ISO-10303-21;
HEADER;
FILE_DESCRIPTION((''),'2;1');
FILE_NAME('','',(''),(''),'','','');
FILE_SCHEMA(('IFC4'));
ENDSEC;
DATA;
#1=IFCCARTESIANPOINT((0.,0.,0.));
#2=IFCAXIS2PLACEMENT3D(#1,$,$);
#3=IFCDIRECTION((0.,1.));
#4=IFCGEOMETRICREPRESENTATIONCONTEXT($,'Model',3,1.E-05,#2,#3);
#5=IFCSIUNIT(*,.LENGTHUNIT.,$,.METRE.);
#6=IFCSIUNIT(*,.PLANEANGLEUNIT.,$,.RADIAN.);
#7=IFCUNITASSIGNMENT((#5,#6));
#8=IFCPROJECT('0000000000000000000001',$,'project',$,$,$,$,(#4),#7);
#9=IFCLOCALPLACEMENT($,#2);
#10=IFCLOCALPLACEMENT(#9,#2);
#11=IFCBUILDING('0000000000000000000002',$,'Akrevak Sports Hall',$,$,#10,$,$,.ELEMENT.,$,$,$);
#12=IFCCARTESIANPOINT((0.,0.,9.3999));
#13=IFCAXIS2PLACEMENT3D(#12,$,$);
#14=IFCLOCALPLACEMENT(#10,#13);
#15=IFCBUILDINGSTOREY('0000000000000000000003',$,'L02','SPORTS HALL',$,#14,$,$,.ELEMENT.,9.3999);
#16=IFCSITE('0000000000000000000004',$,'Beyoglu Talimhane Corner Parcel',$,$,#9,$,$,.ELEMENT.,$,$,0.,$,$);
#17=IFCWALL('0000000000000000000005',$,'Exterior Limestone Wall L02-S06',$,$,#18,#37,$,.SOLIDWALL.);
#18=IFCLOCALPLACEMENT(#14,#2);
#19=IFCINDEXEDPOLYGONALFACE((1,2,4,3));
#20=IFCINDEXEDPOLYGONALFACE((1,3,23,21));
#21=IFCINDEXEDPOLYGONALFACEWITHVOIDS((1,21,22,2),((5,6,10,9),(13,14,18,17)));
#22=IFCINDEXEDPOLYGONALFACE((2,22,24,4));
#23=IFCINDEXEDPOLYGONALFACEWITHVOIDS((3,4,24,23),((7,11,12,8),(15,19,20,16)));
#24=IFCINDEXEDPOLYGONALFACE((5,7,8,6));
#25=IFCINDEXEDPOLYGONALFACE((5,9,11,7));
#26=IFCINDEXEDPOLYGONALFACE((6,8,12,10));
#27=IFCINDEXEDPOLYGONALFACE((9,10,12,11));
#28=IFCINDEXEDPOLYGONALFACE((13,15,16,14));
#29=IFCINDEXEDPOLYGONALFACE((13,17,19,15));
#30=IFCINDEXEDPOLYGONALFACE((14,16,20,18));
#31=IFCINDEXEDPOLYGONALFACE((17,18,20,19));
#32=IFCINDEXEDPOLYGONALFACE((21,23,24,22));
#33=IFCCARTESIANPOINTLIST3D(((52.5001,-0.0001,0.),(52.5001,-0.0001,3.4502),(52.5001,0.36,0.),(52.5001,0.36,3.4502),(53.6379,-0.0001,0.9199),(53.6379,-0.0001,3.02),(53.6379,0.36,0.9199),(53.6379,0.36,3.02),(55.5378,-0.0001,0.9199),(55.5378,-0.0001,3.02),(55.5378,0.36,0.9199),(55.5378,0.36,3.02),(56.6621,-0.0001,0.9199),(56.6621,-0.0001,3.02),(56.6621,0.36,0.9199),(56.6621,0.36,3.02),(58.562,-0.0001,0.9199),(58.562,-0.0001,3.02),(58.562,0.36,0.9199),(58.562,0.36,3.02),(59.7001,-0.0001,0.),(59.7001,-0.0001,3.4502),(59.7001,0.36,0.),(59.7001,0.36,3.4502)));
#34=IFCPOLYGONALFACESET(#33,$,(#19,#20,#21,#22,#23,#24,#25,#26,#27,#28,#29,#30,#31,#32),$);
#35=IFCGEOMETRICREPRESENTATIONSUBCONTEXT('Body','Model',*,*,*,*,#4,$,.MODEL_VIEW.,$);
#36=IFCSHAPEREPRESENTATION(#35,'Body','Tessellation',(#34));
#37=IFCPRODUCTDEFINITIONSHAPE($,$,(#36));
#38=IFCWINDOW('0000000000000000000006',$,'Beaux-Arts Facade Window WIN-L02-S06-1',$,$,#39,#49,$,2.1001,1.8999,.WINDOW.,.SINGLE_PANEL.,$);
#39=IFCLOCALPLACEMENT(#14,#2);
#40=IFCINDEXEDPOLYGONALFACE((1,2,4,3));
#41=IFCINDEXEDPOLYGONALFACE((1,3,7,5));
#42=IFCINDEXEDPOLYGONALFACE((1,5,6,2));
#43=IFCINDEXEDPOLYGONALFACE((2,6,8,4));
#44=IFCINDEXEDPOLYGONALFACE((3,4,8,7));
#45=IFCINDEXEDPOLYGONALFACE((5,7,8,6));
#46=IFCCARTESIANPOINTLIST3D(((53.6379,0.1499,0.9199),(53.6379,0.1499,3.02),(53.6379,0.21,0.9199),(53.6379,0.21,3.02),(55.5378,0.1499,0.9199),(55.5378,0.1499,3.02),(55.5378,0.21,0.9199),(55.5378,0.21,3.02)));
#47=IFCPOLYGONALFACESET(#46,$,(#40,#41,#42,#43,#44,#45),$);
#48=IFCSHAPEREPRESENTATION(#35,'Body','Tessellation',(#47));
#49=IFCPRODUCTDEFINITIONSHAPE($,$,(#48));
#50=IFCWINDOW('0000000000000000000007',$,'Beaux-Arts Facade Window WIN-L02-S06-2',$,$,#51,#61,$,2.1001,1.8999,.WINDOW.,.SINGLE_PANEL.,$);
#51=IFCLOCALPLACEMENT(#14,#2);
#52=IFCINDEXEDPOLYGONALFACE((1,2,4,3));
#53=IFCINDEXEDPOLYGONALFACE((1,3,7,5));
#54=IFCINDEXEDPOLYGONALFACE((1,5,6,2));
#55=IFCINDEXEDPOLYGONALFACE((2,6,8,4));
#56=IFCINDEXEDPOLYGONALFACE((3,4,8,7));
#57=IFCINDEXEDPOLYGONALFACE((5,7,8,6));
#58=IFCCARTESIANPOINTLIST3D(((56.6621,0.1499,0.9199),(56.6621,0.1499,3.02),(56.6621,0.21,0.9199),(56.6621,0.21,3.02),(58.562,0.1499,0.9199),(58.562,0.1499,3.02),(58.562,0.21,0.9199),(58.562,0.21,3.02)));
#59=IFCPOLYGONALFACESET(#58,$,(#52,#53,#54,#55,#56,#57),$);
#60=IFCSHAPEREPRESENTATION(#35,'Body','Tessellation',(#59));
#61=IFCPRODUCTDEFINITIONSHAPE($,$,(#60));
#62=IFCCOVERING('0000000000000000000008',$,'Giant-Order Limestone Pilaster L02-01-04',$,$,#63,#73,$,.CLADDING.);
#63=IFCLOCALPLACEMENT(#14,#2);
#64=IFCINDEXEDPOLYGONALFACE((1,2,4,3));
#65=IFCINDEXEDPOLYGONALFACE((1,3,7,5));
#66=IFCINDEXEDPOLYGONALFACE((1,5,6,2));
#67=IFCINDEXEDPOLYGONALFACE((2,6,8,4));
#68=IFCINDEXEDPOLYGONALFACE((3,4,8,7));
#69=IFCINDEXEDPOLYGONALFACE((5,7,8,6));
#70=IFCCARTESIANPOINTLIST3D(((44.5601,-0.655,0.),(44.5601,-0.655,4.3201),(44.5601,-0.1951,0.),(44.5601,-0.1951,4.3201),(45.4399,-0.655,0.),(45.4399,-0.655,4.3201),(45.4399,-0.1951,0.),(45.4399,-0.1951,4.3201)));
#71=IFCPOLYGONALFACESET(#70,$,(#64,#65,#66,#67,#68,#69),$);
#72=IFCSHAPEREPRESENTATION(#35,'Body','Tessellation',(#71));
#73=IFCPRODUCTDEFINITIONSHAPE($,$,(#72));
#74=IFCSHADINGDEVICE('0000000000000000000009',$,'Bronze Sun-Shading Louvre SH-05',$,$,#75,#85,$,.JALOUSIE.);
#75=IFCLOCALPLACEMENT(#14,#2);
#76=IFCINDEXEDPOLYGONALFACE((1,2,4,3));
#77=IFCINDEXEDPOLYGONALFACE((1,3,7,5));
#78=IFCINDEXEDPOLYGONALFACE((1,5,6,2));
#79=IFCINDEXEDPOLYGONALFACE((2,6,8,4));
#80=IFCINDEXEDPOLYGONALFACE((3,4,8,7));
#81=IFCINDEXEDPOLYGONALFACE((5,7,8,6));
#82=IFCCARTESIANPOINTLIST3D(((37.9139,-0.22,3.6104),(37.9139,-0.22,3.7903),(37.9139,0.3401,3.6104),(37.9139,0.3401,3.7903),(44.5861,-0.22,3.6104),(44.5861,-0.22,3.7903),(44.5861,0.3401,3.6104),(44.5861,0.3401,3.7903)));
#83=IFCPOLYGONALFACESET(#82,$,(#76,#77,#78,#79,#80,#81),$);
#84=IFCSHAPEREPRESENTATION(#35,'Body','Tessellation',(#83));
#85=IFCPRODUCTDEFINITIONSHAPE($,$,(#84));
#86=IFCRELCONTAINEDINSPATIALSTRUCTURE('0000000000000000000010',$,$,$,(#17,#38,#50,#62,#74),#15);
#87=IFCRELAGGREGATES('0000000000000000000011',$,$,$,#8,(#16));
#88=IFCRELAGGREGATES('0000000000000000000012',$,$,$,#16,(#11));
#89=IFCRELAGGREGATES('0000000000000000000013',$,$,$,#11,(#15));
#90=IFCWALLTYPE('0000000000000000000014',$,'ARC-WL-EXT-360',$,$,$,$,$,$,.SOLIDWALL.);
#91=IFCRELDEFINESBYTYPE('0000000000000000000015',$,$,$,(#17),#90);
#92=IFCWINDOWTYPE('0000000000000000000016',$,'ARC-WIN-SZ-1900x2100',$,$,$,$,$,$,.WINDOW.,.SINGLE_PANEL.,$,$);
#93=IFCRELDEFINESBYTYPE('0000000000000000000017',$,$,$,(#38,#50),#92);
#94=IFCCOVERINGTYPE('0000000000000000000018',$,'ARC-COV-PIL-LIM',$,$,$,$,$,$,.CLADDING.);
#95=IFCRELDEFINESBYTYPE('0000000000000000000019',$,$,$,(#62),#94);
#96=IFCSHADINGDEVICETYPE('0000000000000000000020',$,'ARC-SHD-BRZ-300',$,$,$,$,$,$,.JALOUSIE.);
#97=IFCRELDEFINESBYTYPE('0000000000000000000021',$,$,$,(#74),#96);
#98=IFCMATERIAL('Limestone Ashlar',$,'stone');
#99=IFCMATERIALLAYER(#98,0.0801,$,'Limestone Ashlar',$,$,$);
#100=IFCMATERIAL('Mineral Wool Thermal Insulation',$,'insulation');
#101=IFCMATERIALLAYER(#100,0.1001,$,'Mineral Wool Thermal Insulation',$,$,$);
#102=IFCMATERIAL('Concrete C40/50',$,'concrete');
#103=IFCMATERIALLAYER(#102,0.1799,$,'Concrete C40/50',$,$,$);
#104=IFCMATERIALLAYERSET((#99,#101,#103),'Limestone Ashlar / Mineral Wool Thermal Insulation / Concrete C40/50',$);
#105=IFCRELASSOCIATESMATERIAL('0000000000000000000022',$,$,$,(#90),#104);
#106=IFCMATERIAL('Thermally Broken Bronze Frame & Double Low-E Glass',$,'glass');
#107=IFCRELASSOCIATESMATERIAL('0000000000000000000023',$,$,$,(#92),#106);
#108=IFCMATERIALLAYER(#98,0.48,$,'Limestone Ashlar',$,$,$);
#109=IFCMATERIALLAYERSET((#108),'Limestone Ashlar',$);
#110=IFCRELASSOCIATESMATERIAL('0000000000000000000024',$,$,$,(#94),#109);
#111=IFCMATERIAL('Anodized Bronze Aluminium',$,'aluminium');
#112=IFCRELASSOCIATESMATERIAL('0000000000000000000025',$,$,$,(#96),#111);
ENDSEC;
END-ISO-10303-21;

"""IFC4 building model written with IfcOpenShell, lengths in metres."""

from ifc_helpers import new_model, si_unit, direction, frame, frame_2d, origin, origin_2d, place, context, subcontext, project, spatial, rectangle, extrude, material, layer, layer_set, type_object, element, fill, save


model = new_model("IFC4")

# Units and contexts
model_context = context("Model", 3, precision=1e-05, world=origin(), true_north=direction((0.0, 1.0)))
body_context = subcontext(model_context, "Body", "Model", "MODEL_VIEW")
ifc_project = project(units=[si_unit("LENGTHUNIT", "METRE"), si_unit("PLANEANGLEUNIT", "RADIAN")], contexts=[model_context])

# Site, building, storey
site_placement = place(None, origin())
site = spatial("IfcSite", under=ifc_project, at=site_placement, Name="Beyoglu Talimhane Corner Parcel", CompositionType="ELEMENT", RefElevation=0.0)
building_placement = place(site_placement, origin())
building = spatial("IfcBuilding", under=site, at=building_placement, Name="Akrevak Sports Hall", CompositionType="ELEMENT")
storey_placement = place(building_placement, frame((0.0, 0.0, 9.3999)))
storey = spatial("IfcBuildingStorey", under=building, at=storey_placement, Name="L02", Description="SPORTS HALL", CompositionType="ELEMENT", Elevation=9.3999)

# Shared definitions
ifc_material_1 = material(Name="Concrete C40/50", Category="concrete")

# Shared definitions
ifc_material_2 = material(Name="Anodized Bronze Aluminium", Category="aluminium")

# Wall, openings, windows
ifc_material_3 = material(Name="Limestone Ashlar", Category="stone")
ifc_layer_1 = layer(ifc_material_3, 0.0801, Name="Limestone Ashlar")
ifc_material_4 = material(Name="Mineral Wool Thermal Insulation", Category="insulation")
ifc_layer_2 = layer(ifc_material_4, 0.1001, Name="Mineral Wool Thermal Insulation")
ifc_layer_3 = layer(ifc_material_1, 0.1799, Name="Concrete C40/50")
ifc_layer_set_1 = layer_set([ifc_layer_1, ifc_layer_2, ifc_layer_3], Name="Limestone Ashlar / Mineral Wool Thermal Insulation / Concrete C40/50")
wall_type = type_object("IfcWallType", Name="ARC-WL-EXT-360", PredefinedType="SOLIDWALL", material=ifc_layer_set_1)
ifc_material_5 = material(Name="Thermally Broken Bronze Frame & Double Low-E Glass", Category="glass")
wall_1_placement = place(storey_placement, frame((52.5, 0.1799, 0.0), z_axis=(0.0, 0.0, 1.0), x_axis=(1.0, 0.0, 0.0)))
wall_1 = element("IfcWall", 1, at=wall_1_placement, inside=storey, type_object=wall_type, Name="Exterior Limestone Wall L02-S06", PredefinedType="SOLIDWALL", context=body_context, shape_type="SweptSolid", body=[
    extrude(rectangle(XDim=7.2, YDim=0.3601, at=frame_2d((3.6001, 0.0))), origin(), (0.0, 0.0, 1.0), 3.4502),
])
opening_1_placement = place(wall_1_placement, frame((1.1379, 0.0, 0.9199)))
opening_1 = element("IfcOpeningElement", 2, at=opening_1_placement, cuts=wall_1, PredefinedType="OPENING", context=body_context, shape_type="SweptSolid", body=[
    extrude(rectangle(XDim=1.8999, YDim=2.1001, at=frame_2d((0.95, 1.05))), frame((0.0, 0.1919, 0.0), z_axis=(0.0, -1.0, 0.0), x_axis=(1.0, 0.0, 0.0)), (0.0, 0.0, 1.0), 0.384),
])
opening_2_placement = place(wall_1_placement, frame((4.1621, 0.0, 0.9199)))
opening_2 = element("IfcOpeningElement", 3, at=opening_2_placement, cuts=wall_1, PredefinedType="OPENING", context=body_context, shape_type="SweptSolid", body=[
    extrude(rectangle(XDim=1.8999, YDim=2.1001, at=frame_2d((0.95, 1.05))), frame((0.0, 0.1919, 0.0), z_axis=(0.0, -1.0, 0.0), x_axis=(1.0, 0.0, 0.0)), (0.0, 0.0, 1.0), 0.384),
])
window_type_1 = type_object("IfcWindowType", Name="ARC-WIN-SZ-1900x2100", PartitioningType="SINGLE_PANEL", PredefinedType="WINDOW", material=ifc_material_5)
window_1_placement = place(opening_1_placement, origin())
window_1 = element("IfcWindow", 4, at=window_1_placement, inside=storey, type_object=window_type_1, Name="Beaux-Arts Facade Window WIN-L02-S06-1", OverallHeight=2.1001, OverallWidth=1.8999, PartitioningType="SINGLE_PANEL", PredefinedType="WINDOW", context=body_context, shape_type="SweptSolid", body=[
    extrude(rectangle(XDim=1.8999, YDim=2.1001, at=frame_2d((0.95, 1.05))), frame((0.0, 0.03, 0.0), z_axis=(0.0, -1.0, 0.0), x_axis=(1.0, 0.0, 0.0)), (0.0, 0.0, 1.0), 0.0601),
])
fill(opening_1, window_1)
window_2_placement = place(opening_2_placement, origin())
window_2 = element("IfcWindow", 5, at=window_2_placement, inside=storey, type_object=window_type_1, Name="Beaux-Arts Facade Window WIN-L02-S06-2", OverallHeight=2.1001, OverallWidth=1.8999, PartitioningType="SINGLE_PANEL", PredefinedType="WINDOW", context=body_context, shape_type="SweptSolid", body=[
    extrude(rectangle(XDim=1.8999, YDim=2.1001, at=frame_2d((0.95, 1.05))), frame((0.0, 0.03, 0.0), z_axis=(0.0, -1.0, 0.0), x_axis=(1.0, 0.0, 0.0)), (0.0, 0.0, 1.0), 0.0601),
])
fill(opening_2, window_2)

# Covering
ifc_layer_4 = layer(ifc_material_3, 0.48, Name="Limestone Ashlar")
ifc_layer_set_2 = layer_set([ifc_layer_4], Name="Limestone Ashlar")
covering_type = type_object("IfcCoveringType", Name="ARC-COV-PIL-LIM", PredefinedType="CLADDING", material=ifc_layer_set_2)
covering_placement = place(storey_placement, frame((45.0, -0.425, 0.0), z_axis=(0.0, 0.0, 1.0), x_axis=(1.0, 0.0, 0.0)))
element("IfcCovering", 6, at=covering_placement, inside=storey, type_object=covering_type, Name="Giant-Order Limestone Pilaster L02-01-04", PredefinedType="CLADDING", context=body_context, shape_type="SweptSolid", body=[
    extrude(rectangle(XDim=0.8799, YDim=0.46, at=origin_2d()), origin(), (0.0, 0.0, 1.0), 4.3201),
])

# Shading device
shading_device_type = type_object("IfcShadingDeviceType", Name="ARC-SHD-BRZ-300", PredefinedType="JALOUSIE", material=ifc_material_2)
shading_device_placement = place(storey_placement, frame((41.25, 0.0601, 3.6104), z_axis=(0.0, 0.0, 1.0), x_axis=(1.0, 0.0, 0.0)))
element("IfcShadingDevice", 7, at=shading_device_placement, inside=storey, type_object=shading_device_type, Name="Bronze Sun-Shading Louvre SH-05", PredefinedType="JALOUSIE", context=body_context, shape_type="SweptSolid", body=[
    extrude(rectangle(XDim=6.6721, YDim=0.5601, at=origin_2d()), origin(), (0.0, 0.0, 1.0), 0.1799),
])

save(model, "model.ifc")
